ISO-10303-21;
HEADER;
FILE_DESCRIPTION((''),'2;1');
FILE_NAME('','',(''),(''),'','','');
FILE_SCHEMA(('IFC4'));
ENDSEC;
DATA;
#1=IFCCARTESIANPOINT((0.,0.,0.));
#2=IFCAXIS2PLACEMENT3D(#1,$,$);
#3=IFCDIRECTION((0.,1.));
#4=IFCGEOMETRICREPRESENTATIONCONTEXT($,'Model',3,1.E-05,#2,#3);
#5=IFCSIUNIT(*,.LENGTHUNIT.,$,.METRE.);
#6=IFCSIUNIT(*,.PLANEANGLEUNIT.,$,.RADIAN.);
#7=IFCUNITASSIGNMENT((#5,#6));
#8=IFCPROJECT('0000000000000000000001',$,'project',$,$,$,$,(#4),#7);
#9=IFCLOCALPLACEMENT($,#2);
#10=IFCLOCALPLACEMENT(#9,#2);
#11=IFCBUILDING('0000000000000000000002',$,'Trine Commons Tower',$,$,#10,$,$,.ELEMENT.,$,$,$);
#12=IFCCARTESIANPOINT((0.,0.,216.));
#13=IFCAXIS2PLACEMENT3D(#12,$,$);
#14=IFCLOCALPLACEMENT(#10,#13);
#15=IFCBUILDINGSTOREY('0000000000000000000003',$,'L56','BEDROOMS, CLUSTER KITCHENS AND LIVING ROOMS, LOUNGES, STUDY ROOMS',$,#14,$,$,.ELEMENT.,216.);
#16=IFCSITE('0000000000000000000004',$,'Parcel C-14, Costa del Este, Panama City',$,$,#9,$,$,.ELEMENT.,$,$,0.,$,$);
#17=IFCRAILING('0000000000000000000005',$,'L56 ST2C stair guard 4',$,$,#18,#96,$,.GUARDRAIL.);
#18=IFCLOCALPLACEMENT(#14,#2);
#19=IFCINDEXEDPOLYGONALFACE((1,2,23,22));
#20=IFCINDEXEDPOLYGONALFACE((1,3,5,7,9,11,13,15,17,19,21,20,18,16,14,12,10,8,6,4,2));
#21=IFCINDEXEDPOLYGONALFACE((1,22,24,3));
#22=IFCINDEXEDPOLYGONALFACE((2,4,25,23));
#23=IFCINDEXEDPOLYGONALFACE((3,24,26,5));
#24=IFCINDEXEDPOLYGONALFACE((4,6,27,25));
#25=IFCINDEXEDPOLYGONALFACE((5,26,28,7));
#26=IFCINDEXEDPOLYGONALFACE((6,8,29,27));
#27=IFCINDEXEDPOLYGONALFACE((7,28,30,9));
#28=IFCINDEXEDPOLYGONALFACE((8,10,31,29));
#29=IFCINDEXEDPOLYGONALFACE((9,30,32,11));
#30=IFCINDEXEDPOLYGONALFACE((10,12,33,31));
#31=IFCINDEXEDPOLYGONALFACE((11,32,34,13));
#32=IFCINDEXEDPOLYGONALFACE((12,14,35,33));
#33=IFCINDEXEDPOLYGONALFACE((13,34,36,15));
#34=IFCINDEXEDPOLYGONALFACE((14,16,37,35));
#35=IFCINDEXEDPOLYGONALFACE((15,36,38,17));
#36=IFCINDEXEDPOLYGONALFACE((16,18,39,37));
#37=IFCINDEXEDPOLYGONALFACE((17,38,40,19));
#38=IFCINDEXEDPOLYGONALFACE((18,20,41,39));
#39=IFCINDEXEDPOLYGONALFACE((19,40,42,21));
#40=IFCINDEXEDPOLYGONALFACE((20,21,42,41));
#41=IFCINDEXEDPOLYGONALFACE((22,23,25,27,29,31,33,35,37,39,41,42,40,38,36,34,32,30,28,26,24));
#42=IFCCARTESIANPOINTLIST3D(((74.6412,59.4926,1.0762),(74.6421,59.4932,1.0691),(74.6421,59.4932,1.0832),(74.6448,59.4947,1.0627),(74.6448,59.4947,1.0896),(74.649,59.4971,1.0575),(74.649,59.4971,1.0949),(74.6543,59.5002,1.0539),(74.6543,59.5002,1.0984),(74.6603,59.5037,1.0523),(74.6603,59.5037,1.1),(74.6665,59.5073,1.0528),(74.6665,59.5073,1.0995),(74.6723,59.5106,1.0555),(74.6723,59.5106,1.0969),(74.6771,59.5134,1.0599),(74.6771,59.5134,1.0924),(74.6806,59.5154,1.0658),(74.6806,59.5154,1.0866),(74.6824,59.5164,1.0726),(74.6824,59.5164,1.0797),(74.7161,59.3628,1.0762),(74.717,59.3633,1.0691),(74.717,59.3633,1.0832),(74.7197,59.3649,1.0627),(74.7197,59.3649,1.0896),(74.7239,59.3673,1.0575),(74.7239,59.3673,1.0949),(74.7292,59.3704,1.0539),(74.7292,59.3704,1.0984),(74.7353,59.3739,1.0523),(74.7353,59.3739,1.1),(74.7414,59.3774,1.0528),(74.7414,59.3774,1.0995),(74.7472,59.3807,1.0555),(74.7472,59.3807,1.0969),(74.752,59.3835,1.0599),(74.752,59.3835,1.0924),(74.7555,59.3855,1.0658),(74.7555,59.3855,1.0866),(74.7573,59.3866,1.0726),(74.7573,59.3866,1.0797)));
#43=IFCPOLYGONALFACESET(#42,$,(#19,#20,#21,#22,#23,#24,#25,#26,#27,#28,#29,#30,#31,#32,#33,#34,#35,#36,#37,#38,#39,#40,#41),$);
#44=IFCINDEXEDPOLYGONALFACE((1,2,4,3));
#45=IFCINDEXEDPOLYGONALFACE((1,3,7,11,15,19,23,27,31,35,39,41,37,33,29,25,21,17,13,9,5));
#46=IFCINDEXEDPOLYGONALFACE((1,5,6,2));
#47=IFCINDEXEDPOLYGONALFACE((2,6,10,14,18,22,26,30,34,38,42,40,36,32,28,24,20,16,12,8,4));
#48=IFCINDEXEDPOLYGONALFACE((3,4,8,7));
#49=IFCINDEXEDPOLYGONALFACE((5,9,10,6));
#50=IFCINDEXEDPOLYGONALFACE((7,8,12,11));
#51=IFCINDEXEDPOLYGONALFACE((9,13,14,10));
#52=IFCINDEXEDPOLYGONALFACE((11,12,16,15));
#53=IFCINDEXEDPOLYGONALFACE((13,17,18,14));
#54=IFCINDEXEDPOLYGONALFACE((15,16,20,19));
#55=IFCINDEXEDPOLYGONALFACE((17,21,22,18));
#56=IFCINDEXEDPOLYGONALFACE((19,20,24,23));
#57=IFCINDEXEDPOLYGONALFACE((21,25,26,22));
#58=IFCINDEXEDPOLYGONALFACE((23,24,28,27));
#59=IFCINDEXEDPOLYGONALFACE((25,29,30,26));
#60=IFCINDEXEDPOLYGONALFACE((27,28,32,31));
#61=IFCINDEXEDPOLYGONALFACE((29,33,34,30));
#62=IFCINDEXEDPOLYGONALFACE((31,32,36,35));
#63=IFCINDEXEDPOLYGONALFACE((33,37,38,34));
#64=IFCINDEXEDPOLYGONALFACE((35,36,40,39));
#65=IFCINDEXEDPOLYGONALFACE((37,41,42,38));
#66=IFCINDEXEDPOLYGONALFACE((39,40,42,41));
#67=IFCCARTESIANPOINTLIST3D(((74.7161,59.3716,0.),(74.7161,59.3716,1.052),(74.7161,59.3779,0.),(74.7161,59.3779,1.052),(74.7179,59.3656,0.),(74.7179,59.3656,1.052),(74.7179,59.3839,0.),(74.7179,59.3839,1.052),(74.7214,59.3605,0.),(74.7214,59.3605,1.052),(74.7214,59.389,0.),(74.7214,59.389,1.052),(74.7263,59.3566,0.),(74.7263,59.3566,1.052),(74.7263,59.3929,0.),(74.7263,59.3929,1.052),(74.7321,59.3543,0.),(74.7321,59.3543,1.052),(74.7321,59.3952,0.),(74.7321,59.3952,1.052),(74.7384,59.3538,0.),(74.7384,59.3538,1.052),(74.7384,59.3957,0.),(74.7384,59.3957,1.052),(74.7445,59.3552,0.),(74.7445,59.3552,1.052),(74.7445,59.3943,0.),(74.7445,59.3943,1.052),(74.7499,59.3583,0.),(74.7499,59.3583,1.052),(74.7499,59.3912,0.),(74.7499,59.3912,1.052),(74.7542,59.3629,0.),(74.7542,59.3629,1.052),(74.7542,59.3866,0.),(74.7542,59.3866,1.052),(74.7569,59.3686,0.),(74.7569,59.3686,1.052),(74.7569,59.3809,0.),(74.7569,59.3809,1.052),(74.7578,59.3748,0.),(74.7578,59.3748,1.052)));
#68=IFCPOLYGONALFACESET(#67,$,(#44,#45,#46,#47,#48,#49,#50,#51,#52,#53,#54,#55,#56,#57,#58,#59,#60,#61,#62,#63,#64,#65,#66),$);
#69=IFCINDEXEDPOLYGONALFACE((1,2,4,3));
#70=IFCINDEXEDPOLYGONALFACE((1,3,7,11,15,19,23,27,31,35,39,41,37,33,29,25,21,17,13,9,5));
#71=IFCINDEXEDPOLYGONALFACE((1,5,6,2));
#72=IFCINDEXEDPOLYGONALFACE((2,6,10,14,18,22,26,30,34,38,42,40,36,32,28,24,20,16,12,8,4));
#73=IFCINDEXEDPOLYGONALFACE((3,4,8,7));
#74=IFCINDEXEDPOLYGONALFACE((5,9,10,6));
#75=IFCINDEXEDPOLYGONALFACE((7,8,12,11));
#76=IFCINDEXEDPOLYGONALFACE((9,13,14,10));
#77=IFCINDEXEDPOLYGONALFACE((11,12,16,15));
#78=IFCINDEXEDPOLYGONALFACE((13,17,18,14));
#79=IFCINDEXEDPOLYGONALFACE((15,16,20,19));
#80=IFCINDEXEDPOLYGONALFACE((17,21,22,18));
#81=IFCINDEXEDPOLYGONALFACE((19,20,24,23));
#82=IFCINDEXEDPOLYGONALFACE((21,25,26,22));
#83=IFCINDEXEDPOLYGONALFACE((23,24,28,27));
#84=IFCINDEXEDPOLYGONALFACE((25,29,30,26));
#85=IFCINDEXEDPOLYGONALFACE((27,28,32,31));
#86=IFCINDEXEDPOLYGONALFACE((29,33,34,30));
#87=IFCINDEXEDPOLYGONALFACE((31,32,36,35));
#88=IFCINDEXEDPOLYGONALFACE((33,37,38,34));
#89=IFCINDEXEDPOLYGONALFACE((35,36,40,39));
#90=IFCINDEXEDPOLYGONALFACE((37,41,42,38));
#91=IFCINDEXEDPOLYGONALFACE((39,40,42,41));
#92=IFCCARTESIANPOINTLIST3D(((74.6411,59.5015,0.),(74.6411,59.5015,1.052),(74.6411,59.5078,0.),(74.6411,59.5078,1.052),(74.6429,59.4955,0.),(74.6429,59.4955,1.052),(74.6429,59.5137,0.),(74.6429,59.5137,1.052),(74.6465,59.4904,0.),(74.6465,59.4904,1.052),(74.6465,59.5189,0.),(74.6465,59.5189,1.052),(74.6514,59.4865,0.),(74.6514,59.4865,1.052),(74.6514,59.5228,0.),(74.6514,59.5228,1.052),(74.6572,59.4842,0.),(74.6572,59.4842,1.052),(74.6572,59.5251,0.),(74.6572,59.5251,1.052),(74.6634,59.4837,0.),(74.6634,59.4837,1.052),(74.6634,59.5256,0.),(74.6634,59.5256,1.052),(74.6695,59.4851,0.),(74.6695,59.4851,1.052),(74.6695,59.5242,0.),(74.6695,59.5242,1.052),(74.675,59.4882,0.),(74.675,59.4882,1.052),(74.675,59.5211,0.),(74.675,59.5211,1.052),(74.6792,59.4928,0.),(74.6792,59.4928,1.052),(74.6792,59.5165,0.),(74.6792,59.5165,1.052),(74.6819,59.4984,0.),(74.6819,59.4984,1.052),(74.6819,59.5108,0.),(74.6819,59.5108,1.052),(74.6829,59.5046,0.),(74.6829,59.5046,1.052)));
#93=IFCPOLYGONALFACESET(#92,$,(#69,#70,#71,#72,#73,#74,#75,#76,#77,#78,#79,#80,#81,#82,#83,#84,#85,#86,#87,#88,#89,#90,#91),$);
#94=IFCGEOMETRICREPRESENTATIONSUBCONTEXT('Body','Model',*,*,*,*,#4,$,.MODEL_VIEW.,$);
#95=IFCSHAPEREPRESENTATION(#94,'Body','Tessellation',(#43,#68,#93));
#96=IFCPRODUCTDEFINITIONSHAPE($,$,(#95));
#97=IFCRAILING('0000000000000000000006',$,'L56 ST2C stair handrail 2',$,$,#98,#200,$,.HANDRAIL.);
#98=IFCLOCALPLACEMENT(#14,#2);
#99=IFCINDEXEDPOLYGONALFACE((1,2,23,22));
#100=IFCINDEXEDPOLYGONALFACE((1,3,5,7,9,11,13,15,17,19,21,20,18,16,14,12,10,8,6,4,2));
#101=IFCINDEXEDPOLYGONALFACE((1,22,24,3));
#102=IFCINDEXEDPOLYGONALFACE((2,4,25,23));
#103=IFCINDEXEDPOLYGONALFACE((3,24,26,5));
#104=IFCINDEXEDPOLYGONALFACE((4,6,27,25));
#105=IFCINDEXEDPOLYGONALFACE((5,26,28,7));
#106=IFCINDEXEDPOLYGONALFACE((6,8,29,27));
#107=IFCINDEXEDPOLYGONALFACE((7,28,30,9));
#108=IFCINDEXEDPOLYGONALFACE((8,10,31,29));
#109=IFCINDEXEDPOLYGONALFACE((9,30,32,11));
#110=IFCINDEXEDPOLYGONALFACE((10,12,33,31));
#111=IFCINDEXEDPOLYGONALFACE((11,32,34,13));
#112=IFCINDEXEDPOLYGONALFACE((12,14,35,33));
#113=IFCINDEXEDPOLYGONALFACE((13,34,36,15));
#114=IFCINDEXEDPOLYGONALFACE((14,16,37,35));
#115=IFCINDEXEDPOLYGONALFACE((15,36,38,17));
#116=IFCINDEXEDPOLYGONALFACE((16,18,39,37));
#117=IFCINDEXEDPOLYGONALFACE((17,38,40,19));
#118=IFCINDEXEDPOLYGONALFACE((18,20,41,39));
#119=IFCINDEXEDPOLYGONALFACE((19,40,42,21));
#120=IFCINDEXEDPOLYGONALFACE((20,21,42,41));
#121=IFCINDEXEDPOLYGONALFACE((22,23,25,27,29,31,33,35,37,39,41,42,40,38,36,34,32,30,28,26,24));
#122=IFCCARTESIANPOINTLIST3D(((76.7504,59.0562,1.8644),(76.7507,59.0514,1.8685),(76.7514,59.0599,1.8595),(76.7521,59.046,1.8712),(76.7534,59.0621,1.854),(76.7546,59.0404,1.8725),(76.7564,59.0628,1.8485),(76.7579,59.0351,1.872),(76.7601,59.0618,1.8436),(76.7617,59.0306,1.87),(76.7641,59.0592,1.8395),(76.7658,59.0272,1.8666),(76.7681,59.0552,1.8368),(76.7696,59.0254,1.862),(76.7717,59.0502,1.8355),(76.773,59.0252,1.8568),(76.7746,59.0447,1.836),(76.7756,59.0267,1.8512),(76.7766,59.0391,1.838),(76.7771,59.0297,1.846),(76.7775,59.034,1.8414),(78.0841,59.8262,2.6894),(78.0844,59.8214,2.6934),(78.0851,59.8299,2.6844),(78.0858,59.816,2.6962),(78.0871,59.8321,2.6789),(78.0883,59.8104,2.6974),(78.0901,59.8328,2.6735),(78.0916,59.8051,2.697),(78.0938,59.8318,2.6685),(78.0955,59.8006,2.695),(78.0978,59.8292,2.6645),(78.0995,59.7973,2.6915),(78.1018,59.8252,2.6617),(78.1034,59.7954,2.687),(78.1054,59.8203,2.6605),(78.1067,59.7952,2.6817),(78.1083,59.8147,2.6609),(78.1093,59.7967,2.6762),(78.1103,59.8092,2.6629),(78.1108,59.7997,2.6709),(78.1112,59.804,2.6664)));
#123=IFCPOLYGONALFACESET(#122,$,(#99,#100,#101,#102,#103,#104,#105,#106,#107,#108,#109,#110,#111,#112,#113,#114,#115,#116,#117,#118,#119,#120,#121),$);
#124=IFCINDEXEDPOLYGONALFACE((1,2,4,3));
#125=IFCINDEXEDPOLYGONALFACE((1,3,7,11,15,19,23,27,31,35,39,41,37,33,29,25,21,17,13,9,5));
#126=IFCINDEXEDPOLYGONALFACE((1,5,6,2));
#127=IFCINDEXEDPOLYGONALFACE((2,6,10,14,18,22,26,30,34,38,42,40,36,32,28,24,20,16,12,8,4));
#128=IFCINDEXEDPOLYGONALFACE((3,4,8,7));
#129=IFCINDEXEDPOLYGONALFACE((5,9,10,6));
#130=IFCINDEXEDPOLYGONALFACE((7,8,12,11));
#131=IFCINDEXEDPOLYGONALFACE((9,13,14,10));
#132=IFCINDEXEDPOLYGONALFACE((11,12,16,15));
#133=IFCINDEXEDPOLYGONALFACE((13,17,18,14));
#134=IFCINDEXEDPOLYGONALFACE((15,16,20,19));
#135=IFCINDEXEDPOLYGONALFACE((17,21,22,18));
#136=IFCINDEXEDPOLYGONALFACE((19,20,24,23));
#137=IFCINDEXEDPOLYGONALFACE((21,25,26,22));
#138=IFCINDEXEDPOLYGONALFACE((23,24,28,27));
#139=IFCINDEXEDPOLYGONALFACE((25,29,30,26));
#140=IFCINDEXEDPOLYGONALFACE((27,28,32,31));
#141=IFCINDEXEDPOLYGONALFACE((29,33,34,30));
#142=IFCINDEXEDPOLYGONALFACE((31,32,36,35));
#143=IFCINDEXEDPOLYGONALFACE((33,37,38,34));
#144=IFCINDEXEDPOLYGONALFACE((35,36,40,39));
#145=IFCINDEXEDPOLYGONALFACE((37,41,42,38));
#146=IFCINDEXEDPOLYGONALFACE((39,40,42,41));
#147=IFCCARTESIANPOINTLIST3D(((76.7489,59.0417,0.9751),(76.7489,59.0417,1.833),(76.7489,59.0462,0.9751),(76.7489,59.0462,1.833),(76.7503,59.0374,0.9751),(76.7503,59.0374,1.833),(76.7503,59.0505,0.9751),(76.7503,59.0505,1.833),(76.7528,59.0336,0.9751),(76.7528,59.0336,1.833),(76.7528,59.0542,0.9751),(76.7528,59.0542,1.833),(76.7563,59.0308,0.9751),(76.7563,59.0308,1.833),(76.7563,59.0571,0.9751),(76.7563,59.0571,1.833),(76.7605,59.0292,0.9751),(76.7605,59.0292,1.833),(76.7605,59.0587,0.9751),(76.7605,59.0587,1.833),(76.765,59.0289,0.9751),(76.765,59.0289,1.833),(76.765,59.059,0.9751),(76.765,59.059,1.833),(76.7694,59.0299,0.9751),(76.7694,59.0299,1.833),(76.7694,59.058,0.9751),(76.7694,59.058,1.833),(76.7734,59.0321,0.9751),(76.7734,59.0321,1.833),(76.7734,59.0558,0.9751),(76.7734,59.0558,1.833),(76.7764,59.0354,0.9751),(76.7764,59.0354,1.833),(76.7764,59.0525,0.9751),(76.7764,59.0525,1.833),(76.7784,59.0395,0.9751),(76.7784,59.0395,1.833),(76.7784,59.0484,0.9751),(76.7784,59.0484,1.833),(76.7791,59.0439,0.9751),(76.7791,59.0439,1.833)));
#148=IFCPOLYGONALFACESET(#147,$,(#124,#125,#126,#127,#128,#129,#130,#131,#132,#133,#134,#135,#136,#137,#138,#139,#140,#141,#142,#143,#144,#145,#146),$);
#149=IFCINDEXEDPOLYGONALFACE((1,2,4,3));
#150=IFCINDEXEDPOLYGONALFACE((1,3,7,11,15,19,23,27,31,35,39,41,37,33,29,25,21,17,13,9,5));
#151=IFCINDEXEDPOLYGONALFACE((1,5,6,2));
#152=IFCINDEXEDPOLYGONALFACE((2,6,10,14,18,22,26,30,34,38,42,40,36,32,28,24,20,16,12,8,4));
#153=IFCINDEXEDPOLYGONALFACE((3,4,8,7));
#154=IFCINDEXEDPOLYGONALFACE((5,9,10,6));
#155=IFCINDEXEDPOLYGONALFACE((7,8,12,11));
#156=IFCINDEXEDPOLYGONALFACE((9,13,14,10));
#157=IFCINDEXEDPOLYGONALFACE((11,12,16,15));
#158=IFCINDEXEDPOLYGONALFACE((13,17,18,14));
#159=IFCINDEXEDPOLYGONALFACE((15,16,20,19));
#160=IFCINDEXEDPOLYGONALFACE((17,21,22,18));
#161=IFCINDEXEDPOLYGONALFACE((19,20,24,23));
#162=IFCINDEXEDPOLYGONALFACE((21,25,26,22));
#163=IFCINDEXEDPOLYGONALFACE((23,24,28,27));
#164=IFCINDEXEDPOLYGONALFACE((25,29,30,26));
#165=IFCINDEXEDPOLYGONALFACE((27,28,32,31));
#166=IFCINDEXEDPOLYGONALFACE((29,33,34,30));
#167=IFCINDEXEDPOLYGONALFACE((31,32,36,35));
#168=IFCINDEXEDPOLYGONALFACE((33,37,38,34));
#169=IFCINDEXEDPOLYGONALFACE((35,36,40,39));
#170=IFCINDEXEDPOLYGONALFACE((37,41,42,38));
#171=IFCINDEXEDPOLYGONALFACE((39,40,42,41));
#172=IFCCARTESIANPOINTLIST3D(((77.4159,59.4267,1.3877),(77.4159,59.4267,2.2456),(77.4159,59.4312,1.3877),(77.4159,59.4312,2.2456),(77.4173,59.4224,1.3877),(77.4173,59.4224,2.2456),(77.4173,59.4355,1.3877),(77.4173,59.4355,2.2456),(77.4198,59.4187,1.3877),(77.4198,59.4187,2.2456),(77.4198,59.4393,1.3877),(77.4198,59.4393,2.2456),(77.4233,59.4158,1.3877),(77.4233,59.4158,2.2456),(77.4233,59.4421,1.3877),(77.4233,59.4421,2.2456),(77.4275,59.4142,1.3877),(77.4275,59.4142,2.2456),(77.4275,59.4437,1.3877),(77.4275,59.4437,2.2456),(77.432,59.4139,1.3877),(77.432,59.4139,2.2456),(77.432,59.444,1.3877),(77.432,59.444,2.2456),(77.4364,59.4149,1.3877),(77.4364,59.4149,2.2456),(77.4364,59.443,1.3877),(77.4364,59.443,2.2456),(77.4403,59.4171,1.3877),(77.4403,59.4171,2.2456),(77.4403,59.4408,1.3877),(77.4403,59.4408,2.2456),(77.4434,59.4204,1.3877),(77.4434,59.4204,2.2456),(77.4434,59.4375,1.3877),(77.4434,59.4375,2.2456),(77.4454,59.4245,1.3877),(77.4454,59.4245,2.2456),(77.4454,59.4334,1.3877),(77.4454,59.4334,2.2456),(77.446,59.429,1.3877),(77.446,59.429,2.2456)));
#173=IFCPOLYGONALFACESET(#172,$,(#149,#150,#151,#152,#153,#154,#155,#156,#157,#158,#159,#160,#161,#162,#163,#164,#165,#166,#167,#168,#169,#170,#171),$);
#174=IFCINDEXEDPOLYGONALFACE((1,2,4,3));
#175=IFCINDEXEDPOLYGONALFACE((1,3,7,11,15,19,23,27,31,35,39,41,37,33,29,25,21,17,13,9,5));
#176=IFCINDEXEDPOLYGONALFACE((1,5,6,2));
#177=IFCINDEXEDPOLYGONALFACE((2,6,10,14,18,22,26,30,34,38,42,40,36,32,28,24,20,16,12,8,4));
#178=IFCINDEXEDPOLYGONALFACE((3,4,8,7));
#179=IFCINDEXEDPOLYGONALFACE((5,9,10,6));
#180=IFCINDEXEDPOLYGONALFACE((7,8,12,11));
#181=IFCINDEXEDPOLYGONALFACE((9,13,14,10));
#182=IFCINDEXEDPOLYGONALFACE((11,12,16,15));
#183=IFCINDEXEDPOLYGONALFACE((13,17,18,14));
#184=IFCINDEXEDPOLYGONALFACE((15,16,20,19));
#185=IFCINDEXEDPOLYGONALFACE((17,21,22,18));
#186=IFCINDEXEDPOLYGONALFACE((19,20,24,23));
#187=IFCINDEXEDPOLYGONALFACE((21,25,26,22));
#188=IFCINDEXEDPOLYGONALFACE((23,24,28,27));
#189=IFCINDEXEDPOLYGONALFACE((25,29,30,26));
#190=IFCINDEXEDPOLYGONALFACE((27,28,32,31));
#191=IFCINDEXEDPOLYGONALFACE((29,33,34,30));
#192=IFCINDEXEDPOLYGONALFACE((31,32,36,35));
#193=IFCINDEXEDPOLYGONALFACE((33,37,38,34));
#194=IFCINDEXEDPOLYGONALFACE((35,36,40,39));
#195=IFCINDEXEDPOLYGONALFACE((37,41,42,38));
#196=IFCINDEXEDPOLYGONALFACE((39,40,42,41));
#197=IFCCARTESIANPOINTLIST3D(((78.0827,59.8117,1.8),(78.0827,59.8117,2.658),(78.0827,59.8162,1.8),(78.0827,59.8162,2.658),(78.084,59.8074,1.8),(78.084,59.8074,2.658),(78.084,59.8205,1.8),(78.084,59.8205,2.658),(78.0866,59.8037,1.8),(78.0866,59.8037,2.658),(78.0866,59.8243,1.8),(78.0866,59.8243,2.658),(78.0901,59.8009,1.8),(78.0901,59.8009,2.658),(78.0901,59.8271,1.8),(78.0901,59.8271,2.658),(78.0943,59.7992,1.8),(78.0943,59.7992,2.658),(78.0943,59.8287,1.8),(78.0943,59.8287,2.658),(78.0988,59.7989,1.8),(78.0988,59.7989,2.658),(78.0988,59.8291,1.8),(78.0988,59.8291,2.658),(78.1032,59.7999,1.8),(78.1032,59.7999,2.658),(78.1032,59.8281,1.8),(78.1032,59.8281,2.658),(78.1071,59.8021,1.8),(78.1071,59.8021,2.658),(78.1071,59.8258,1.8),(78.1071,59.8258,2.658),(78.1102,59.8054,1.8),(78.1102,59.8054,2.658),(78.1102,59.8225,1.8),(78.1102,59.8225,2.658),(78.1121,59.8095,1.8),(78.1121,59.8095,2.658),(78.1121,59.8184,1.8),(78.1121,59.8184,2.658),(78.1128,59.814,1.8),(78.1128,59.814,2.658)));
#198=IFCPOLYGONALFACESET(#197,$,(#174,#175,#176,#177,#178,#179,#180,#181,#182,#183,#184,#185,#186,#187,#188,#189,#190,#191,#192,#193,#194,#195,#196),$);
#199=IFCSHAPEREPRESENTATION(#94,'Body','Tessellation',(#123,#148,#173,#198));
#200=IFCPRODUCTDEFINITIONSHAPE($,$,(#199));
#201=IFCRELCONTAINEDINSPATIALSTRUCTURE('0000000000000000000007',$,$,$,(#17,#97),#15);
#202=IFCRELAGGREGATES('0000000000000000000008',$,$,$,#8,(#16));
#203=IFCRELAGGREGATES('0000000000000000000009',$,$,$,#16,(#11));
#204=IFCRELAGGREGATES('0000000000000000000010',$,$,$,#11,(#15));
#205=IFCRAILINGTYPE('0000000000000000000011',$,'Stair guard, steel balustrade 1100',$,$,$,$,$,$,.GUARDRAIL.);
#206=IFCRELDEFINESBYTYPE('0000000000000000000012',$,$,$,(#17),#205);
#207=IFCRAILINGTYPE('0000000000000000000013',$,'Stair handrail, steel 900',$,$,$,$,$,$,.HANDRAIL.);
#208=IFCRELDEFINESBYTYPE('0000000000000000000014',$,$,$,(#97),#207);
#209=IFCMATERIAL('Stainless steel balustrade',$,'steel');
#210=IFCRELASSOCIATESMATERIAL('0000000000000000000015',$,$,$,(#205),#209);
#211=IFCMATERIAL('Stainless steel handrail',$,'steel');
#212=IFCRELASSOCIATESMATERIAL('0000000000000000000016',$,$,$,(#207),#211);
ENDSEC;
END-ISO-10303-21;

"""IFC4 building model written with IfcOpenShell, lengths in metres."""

from ifc_helpers import new_model, si_unit, direction, frame, origin, origin_2d, place, context, subcontext, project, spatial, circle, extrude, material, type_object, element, save


model = new_model("IFC4")

# Units and contexts
model_context = context("Model", 3, precision=1e-05, world=origin(), true_north=direction((0.0, 1.0)))
body_context = subcontext(model_context, "Body", "Model", "MODEL_VIEW")
ifc_project = project(units=[si_unit("LENGTHUNIT", "METRE"), si_unit("PLANEANGLEUNIT", "RADIAN")], contexts=[model_context])

# Site, building, storey
site_placement = place(None, origin())
site = spatial("IfcSite", under=ifc_project, at=site_placement, Name="Parcel C-14, Costa del Este, Panama City", CompositionType="ELEMENT", RefElevation=0.0)
building_placement = place(site_placement, origin())
building = spatial("IfcBuilding", under=site, at=building_placement, Name="Trine Commons Tower", CompositionType="ELEMENT")
storey_placement = place(building_placement, frame((0.0, 0.0, 216.0)))
storey = spatial("IfcBuildingStorey", under=building, at=storey_placement, Name="L56", Description="BEDROOMS, CLUSTER KITCHENS AND LIVING ROOMS, LOUNGES, STUDY ROOMS", CompositionType="ELEMENT", Elevation=216.0)

# Railings
ifc_material_1 = material(Name="Stainless steel balustrade", Category="steel")
railing_type_1 = type_object("IfcRailingType", Name="Stair guard, steel balustrade 1100", PredefinedType="GUARDRAIL", material=ifc_material_1)
railing_1_placement = place(storey_placement, frame((74.7368, 59.3748, 0.0)))
element("IfcRailing", 1, at=railing_1_placement, inside=storey, type_object=railing_type_1, Name="L56 ST2C stair guard 4", PredefinedType="GUARDRAIL", context=body_context, shape_type="SweptSolid", body=[
    extrude(circle(Radius=0.0239, at=origin_2d()), frame((0.0, 0.0, 1.0762), z_axis=(-0.499816, 0.866131, 0.0), x_axis=(-0.866131, -0.499816, 0.0)), (0.0, 0.0, 1.0), 0.1499),
    extrude(circle(Radius=0.021, at=origin_2d()), origin(), (0.0, 0.0, 1.0), 1.052),
    extrude(circle(Radius=0.021, at=origin_2d()), frame((-0.075, 0.1299, 0.0)), (0.0, 0.0, 1.0), 1.052),
])
ifc_material_2 = material(Name="Stainless steel handrail", Category="steel")
railing_type_2 = type_object("IfcRailingType", Name="Stair handrail, steel 900", PredefinedType="HANDRAIL", material=ifc_material_2)
railing_2_placement = place(storey_placement, frame((76.7639, 59.0439, 0.9751)))
element("IfcRailing", 2, at=railing_2_placement, inside=storey, type_object=railing_type_2, Name="L56 ST2C stair handrail 2", PredefinedType="HANDRAIL", context=body_context, shape_type="SweptSolid", body=[
    extrude(circle(Radius=0.021, at=origin_2d()), frame((0.0, 0.0, 0.8789), z_axis=(0.763405, 0.440743, 0.472185), x_axis=(-0.499992, 0.86603, 0.0)), (0.0, 0.0, 1.0), 1.7471),
    extrude(circle(Radius=0.0151, at=origin_2d()), origin(), (0.0, 0.0, 1.0), 0.8579),
    extrude(circle(Radius=0.0151, at=origin_2d()), frame((0.667, 0.385, 0.4126)), (0.0, 0.0, 1.0), 0.8579),
    extrude(circle(Radius=0.0151, at=origin_2d()), frame((1.3337, 0.77, 0.825)), (0.0, 0.0, 1.0), 0.8579),
])

save(model, "model.ifc")
